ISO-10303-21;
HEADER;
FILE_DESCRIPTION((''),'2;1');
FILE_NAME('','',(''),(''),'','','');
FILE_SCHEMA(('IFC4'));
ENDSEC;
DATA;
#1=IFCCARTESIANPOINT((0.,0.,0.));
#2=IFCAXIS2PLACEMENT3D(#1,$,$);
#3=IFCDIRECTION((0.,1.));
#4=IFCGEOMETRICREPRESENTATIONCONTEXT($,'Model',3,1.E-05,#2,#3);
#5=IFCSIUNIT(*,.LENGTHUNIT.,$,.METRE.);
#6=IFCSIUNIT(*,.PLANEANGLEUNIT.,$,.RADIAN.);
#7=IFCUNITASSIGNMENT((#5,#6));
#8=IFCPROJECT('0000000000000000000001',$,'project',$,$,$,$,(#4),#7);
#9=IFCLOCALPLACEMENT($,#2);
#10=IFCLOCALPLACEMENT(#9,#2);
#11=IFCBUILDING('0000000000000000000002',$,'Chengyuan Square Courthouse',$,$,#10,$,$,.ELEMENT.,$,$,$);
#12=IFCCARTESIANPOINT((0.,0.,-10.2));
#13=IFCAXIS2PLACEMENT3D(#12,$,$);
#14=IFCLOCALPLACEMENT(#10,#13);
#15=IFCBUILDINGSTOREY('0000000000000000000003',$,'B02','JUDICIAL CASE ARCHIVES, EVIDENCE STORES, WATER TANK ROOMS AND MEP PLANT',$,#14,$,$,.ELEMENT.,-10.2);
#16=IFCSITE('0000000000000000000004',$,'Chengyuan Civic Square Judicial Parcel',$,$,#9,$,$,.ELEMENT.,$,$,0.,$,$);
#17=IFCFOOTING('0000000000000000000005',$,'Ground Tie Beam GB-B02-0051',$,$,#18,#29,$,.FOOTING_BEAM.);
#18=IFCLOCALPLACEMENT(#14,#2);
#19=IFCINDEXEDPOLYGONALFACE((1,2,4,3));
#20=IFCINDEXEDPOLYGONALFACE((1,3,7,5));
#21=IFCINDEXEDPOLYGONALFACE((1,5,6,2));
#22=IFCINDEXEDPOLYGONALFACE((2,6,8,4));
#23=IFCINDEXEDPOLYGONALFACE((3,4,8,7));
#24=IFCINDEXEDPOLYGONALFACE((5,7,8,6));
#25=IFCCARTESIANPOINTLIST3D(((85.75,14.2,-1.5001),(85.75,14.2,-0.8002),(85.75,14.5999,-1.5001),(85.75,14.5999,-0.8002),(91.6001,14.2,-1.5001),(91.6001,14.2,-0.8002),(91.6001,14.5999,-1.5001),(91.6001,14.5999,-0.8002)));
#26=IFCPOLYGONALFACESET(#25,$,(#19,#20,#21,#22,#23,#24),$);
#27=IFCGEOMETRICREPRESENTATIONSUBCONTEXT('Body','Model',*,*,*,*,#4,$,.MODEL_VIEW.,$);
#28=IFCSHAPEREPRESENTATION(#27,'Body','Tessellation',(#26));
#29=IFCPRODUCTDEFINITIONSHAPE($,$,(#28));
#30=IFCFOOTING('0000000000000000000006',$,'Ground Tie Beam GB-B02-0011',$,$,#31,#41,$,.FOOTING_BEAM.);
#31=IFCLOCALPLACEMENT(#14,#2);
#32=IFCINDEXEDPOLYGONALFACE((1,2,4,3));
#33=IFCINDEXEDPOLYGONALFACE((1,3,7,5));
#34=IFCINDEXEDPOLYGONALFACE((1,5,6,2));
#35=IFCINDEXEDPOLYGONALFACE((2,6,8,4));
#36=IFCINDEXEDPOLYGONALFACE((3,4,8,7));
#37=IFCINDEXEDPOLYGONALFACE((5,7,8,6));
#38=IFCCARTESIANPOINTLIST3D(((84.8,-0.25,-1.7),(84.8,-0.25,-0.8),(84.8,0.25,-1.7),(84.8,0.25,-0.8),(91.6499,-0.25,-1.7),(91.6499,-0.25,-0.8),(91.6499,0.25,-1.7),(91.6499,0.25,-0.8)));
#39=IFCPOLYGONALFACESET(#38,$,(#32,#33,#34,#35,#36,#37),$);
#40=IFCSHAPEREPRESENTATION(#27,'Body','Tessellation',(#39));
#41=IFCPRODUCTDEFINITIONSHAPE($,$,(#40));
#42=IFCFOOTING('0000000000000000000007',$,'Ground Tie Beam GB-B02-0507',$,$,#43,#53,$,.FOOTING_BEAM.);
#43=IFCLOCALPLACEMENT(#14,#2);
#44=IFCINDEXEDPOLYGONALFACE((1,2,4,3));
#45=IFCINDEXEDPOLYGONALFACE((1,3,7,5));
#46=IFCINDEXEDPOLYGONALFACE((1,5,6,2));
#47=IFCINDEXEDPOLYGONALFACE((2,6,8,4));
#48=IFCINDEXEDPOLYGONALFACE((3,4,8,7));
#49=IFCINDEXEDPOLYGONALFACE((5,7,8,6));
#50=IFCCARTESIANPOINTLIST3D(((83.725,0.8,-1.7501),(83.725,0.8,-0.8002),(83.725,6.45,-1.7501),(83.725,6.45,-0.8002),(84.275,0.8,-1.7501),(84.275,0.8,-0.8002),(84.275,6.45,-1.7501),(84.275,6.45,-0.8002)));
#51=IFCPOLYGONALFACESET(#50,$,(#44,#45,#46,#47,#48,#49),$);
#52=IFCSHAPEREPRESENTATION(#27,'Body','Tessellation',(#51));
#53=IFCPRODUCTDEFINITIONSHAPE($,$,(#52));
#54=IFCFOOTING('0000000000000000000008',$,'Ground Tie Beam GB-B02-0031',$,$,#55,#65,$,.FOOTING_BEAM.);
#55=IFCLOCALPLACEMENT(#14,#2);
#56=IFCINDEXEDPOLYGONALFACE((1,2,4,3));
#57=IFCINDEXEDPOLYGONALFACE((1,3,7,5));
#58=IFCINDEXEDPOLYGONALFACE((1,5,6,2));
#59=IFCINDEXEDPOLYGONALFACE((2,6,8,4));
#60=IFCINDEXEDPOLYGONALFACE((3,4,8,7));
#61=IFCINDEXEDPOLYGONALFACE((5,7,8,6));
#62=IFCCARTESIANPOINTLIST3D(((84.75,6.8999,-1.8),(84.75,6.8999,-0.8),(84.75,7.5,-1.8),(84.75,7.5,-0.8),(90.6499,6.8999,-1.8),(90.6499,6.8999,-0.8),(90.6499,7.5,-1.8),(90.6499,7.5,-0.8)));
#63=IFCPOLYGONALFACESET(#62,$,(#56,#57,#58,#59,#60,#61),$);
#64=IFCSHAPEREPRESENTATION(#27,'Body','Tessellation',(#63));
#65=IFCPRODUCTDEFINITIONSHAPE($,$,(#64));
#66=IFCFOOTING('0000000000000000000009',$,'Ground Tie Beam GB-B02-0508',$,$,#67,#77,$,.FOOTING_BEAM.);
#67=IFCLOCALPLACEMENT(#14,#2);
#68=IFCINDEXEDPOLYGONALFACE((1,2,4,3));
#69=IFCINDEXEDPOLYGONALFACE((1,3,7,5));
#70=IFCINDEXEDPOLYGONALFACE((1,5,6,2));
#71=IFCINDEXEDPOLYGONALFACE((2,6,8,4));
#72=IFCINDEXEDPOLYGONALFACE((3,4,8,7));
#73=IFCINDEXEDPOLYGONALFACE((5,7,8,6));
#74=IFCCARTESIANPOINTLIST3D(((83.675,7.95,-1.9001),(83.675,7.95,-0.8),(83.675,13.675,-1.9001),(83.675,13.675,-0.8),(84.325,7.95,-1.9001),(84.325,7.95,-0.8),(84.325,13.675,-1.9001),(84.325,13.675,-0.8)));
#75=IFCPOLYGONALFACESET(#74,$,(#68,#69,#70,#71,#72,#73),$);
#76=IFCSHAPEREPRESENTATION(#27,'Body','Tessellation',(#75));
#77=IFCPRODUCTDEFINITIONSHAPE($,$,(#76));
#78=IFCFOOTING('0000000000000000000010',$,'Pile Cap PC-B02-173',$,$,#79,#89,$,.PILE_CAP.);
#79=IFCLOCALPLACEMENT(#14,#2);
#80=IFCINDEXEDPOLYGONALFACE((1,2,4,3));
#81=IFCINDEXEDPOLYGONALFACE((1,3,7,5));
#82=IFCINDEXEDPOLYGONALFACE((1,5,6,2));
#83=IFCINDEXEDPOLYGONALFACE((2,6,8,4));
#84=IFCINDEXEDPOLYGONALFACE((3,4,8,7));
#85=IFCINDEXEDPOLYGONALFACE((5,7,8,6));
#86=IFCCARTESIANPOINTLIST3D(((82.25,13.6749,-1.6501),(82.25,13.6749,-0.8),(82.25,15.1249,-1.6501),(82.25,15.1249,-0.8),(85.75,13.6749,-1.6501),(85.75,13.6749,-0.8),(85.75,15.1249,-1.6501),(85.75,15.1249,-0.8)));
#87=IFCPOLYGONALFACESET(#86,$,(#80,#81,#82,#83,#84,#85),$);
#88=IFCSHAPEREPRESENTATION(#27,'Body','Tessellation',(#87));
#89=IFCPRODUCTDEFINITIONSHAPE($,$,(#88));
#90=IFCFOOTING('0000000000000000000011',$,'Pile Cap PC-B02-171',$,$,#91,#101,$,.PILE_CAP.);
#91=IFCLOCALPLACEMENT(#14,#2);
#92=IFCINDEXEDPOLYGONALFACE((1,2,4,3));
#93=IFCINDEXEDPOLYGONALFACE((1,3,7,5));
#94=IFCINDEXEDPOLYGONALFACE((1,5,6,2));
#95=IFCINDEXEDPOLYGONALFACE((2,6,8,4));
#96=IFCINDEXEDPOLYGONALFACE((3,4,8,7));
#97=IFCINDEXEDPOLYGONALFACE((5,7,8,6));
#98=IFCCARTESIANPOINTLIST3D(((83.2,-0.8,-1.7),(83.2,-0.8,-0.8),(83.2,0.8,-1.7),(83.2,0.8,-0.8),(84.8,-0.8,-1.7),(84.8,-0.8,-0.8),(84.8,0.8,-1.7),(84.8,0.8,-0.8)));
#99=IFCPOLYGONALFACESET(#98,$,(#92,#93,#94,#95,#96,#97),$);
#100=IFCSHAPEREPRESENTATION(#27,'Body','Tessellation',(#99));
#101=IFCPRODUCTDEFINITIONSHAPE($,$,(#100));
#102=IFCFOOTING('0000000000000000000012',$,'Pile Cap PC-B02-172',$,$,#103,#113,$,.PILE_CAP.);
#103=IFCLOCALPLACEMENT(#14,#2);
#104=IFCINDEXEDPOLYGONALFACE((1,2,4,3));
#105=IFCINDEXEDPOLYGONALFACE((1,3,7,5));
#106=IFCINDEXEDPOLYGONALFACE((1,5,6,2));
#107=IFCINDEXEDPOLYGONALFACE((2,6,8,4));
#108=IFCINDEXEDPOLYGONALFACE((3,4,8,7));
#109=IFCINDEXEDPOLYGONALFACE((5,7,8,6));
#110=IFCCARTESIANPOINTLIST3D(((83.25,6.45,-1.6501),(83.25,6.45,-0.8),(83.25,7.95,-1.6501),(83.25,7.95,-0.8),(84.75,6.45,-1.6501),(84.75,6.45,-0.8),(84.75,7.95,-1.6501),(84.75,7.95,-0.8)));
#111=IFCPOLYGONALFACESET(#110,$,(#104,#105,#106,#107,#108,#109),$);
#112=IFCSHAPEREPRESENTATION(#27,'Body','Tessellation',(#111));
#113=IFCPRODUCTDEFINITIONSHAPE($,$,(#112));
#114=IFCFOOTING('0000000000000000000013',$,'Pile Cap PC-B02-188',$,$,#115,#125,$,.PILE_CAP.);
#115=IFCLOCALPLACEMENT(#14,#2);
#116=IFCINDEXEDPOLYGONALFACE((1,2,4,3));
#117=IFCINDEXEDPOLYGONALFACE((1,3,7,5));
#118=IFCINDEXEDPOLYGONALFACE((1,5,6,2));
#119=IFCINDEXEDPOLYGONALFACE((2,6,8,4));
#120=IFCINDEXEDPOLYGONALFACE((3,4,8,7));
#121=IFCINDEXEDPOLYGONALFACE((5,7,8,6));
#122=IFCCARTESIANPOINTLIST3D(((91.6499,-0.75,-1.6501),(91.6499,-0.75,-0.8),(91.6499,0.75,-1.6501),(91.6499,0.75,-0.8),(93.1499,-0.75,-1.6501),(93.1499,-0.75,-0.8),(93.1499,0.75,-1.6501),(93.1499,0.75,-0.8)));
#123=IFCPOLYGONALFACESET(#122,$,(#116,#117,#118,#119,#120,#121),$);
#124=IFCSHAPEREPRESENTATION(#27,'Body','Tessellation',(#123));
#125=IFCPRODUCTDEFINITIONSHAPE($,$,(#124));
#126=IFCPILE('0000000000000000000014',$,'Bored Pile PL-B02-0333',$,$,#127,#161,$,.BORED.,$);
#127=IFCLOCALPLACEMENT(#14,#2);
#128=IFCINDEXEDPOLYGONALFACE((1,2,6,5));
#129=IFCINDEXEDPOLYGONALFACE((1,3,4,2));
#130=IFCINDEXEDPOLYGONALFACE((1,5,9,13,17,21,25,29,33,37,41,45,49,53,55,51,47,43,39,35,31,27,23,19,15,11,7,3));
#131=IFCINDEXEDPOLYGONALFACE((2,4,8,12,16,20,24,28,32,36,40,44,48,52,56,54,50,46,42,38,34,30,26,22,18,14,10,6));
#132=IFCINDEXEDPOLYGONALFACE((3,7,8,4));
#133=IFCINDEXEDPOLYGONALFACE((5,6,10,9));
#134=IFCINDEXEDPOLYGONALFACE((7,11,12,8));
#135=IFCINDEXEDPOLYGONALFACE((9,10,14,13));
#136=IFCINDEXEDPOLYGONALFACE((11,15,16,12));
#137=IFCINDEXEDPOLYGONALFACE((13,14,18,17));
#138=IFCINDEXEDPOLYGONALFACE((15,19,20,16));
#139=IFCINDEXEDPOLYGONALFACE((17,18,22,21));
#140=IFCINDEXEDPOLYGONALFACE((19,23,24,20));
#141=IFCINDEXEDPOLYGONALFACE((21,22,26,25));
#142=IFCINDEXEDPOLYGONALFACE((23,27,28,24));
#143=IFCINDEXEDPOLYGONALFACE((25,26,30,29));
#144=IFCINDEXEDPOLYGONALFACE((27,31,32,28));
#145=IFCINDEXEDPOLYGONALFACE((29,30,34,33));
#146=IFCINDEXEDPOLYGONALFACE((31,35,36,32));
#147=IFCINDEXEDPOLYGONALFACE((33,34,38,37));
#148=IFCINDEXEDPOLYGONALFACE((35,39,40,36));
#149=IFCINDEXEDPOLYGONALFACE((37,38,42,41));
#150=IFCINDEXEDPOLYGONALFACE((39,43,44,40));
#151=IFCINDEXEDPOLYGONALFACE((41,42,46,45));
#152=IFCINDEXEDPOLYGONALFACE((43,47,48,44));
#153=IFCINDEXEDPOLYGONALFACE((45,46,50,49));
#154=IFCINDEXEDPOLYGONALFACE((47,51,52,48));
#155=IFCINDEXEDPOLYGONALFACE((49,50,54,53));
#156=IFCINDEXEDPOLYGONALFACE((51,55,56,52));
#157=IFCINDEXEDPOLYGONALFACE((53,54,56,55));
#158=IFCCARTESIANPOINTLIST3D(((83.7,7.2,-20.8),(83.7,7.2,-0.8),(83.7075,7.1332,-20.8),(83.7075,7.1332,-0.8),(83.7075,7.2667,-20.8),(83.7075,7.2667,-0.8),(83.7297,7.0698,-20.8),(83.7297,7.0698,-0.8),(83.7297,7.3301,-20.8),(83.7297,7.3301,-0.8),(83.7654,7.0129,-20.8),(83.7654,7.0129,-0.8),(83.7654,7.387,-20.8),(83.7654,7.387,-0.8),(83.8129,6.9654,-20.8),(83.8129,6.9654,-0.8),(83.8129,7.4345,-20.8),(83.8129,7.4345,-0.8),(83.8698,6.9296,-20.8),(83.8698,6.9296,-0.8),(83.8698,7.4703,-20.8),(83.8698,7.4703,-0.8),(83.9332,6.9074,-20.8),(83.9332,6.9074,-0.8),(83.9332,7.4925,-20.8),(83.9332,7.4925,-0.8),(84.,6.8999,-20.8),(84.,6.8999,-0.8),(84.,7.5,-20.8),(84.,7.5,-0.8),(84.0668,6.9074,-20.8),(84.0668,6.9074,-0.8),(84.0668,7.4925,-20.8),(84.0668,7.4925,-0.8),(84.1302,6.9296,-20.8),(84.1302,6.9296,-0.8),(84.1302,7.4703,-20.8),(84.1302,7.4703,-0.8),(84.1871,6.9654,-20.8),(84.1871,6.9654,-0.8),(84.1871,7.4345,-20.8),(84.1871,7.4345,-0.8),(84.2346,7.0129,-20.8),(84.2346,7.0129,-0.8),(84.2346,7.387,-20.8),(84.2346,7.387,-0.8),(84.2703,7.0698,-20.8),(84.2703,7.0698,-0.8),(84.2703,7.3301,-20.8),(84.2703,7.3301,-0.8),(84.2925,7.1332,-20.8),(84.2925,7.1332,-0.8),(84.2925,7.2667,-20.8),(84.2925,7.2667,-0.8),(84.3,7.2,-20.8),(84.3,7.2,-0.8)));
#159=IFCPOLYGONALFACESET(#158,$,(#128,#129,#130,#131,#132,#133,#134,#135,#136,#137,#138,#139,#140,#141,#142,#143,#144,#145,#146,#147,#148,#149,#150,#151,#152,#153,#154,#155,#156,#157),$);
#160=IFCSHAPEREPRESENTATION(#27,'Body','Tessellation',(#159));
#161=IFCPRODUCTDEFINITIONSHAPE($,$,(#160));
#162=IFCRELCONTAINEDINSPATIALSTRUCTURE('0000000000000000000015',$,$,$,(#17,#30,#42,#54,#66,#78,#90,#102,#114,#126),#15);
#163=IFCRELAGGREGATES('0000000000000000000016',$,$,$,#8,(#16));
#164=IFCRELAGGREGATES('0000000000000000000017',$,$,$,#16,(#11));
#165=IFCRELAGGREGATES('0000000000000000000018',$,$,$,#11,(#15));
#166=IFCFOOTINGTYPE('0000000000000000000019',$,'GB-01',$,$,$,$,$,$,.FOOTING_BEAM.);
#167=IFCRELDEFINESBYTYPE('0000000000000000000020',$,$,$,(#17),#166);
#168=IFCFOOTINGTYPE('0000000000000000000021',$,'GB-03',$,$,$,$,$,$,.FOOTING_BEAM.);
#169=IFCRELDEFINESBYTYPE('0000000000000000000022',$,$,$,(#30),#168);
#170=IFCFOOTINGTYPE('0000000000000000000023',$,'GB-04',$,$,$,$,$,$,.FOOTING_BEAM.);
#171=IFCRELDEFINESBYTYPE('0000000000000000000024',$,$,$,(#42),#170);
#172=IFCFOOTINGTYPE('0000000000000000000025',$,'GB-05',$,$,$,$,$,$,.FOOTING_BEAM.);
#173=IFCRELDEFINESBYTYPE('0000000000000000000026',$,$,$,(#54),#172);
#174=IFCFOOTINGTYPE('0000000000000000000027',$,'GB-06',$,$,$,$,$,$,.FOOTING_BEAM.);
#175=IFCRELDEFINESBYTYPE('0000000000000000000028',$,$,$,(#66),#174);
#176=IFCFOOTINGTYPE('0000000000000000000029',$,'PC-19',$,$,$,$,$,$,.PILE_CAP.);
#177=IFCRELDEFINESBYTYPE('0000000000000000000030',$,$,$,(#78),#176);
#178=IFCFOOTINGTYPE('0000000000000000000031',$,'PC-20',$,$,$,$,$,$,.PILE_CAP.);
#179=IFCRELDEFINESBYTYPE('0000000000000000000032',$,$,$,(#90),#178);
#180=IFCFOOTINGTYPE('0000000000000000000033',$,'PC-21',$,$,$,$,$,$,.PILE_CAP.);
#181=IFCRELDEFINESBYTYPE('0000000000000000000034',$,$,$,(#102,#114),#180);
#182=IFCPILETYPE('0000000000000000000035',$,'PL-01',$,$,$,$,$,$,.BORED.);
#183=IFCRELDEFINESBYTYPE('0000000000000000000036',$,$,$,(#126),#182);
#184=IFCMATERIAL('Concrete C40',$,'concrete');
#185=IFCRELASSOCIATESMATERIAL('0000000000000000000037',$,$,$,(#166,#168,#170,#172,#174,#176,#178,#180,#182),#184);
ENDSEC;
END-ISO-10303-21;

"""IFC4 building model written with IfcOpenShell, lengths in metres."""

from ifc_helpers import new_model, si_unit, direction, frame, origin, origin_2d, place, context, subcontext, project, spatial, rectangle, circle, extrude, material, material_profile, profile_set, type_object, element, save


model = new_model("IFC4")

# Units and contexts
model_context = context("Model", 3, precision=1e-05, world=origin(), true_north=direction((0.0, 1.0)))
body_context = subcontext(model_context, "Body", "Model", "MODEL_VIEW")
ifc_project = project(units=[si_unit("LENGTHUNIT", "METRE"), si_unit("PLANEANGLEUNIT", "RADIAN")], contexts=[model_context])

# Site, building, storey
site_placement = place(None, origin())
site = spatial("IfcSite", under=ifc_project, at=site_placement, Name="Chengyuan Civic Square Judicial Parcel", CompositionType="ELEMENT", RefElevation=0.0)
building_placement = place(site_placement, origin())
building = spatial("IfcBuilding", under=site, at=building_placement, Name="Chengyuan Square Courthouse", CompositionType="ELEMENT")
storey_placement = place(building_placement, frame((0.0, 0.0, -10.2)))
storey = spatial("IfcBuildingStorey", under=building, at=storey_placement, Name="B02", Description="JUDICIAL CASE ARCHIVES, EVIDENCE STORES, WATER TANK ROOMS AND MEP PLANT", CompositionType="ELEMENT", Elevation=-10.2)

# Footings
ifc_material_1 = material(Name="Concrete C40", Category="concrete")
ifc_material_profile_1 = material_profile(ifc_material_1, rectangle(XDim=0.3999, YDim=0.7, at=origin_2d()), Name="GB-400x700")
ifc_profile_set_1 = profile_set([ifc_material_profile_1], Name="Concrete C40")
footing_type_1 = type_object("IfcFootingType", Name="GB-01", PredefinedType="FOOTING_BEAM", material=ifc_profile_set_1)
footing_1_placement = place(storey_placement, frame((85.75, 14.3999, -1.1501), z_axis=(1.0, 0.0, 0.0), x_axis=(0.0, 1.0, 0.0)))
element("IfcFooting", 1, at=footing_1_placement, inside=storey, type_object=footing_type_1, Name="Ground Tie Beam GB-B02-0051", PredefinedType="FOOTING_BEAM", context=body_context, shape_type="SweptSolid", body=[
    extrude(rectangle(XDim=0.3999, YDim=0.7, at=origin_2d()), origin(), (0.0, 0.0, 1.0), 5.8501),
])
ifc_material_profile_2 = material_profile(ifc_material_1, rectangle(XDim=0.5, YDim=0.8999, at=origin_2d()), Name="GB-500x900")
ifc_profile_set_2 = profile_set([ifc_material_profile_2], Name="Concrete C40")
footing_type_2 = type_object("IfcFootingType", Name="GB-03", PredefinedType="FOOTING_BEAM", material=ifc_profile_set_2)
footing_2_placement = place(storey_placement, frame((84.8, 0.0, -1.25), z_axis=(1.0, 0.0, 0.0), x_axis=(0.0, 1.0, 0.0)))
element("IfcFooting", 2, at=footing_2_placement, inside=storey, type_object=footing_type_2, Name="Ground Tie Beam GB-B02-0011", PredefinedType="FOOTING_BEAM", context=body_context, shape_type="SweptSolid", body=[
    extrude(rectangle(XDim=0.5, YDim=0.8999, at=origin_2d()), origin(), (0.0, 0.0, 1.0), 6.8499),
])
ifc_material_profile_3 = material_profile(ifc_material_1, rectangle(XDim=0.55, YDim=0.95, at=origin_2d()), Name="GB-550x950")
ifc_profile_set_3 = profile_set([ifc_material_profile_3], Name="Concrete C40")
footing_type_3 = type_object("IfcFootingType", Name="GB-04", PredefinedType="FOOTING_BEAM", material=ifc_profile_set_3)
footing_3_placement = place(storey_placement, frame((84.0, 0.8, -1.2751), z_axis=(0.0, 1.0, 0.0), x_axis=(-1.0, 0.0, 0.0)))
element("IfcFooting", 3, at=footing_3_placement, inside=storey, type_object=footing_type_3, Name="Ground Tie Beam GB-B02-0507", PredefinedType="FOOTING_BEAM", context=body_context, shape_type="SweptSolid", body=[
    extrude(rectangle(XDim=0.55, YDim=0.95, at=origin_2d()), origin(), (0.0, 0.0, 1.0), 5.6499),
])
ifc_material_profile_4 = material_profile(ifc_material_1, rectangle(XDim=0.6001, YDim=1.0, at=origin_2d()), Name="GB-600x1000")
ifc_profile_set_4 = profile_set([ifc_material_profile_4], Name="Concrete C40")
footing_type_4 = type_object("IfcFootingType", Name="GB-05", PredefinedType="FOOTING_BEAM", material=ifc_profile_set_4)
footing_4_placement = place(storey_placement, frame((84.75, 7.2, -1.3), z_axis=(1.0, 0.0, 0.0), x_axis=(0.0, 1.0, 0.0)))
element("IfcFooting", 4, at=footing_4_placement, inside=storey, type_object=footing_type_4, Name="Ground Tie Beam GB-B02-0031", PredefinedType="FOOTING_BEAM", context=body_context, shape_type="SweptSolid", body=[
    extrude(rectangle(XDim=0.6001, YDim=1.0, at=origin_2d()), origin(), (0.0, 0.0, 1.0), 5.8999),
])
ifc_material_profile_5 = material_profile(ifc_material_1, rectangle(XDim=0.6499, YDim=1.1001, at=origin_2d()), Name="GB-650x1100")
ifc_profile_set_5 = profile_set([ifc_material_profile_5], Name="Concrete C40")
footing_type_5 = type_object("IfcFootingType", Name="GB-06", PredefinedType="FOOTING_BEAM", material=ifc_profile_set_5)
footing_5_placement = place(storey_placement, frame((84.0, 7.95, -1.3501), z_axis=(0.0, 1.0, 0.0), x_axis=(-1.0, 0.0, 0.0)))
element("IfcFooting", 5, at=footing_5_placement, inside=storey, type_object=footing_type_5, Name="Ground Tie Beam GB-B02-0508", PredefinedType="FOOTING_BEAM", context=body_context, shape_type="SweptSolid", body=[
    extrude(rectangle(XDim=0.6499, YDim=1.1001, at=origin_2d()), origin(), (0.0, 0.0, 1.0), 5.7251),
])
footing_type_6 = type_object("IfcFootingType", Name="PC-19", PredefinedType="PILE_CAP", material=ifc_material_1)
footing_6_placement = place(storey_placement, frame((84.0, 14.3999, -1.6501), z_axis=(0.0, 0.0, 1.0), x_axis=(1.0, 0.0, 0.0)))
element("IfcFooting", 6, at=footing_6_placement, inside=storey, type_object=footing_type_6, Name="Pile Cap PC-B02-173", PredefinedType="PILE_CAP", context=body_context, shape_type="SweptSolid", body=[
    extrude(rectangle(XDim=3.5, YDim=1.45, at=origin_2d()), origin(), (0.0, 0.0, 1.0), 0.8501),
])
footing_type_7 = type_object("IfcFootingType", Name="PC-20", PredefinedType="PILE_CAP", material=ifc_material_1)
footing_7_placement = place(storey_placement, frame((84.0, 0.0, -1.7), z_axis=(0.0, 0.0, 1.0), x_axis=(1.0, 0.0, 0.0)))
element("IfcFooting", 7, at=footing_7_placement, inside=storey, type_object=footing_type_7, Name="Pile Cap PC-B02-171", PredefinedType="PILE_CAP", context=body_context, shape_type="SweptSolid", body=[
    extrude(rectangle(XDim=1.6001, YDim=1.6001, at=origin_2d()), origin(), (0.0, 0.0, 1.0), 0.8999),
])
footing_type_8 = type_object("IfcFootingType", Name="PC-21", PredefinedType="PILE_CAP", material=ifc_material_1)
for number, where, z_axis, x_axis, name in (
    (8, (84.0, 7.2, -1.6501), (0.0, 0.0, 1.0), (1.0, 0.0, 0.0), "Pile Cap PC-B02-172"),
    (9, (92.3999, 0.0, -1.6501), (0.0, 0.0, 1.0), (1.0, 0.0, 0.0), "Pile Cap PC-B02-188"),
):
    element("IfcFooting", number, at=place(storey_placement, frame(where, z_axis=z_axis, x_axis=x_axis)), inside=storey, type_object=footing_type_8, Name=name, PredefinedType="PILE_CAP", context=body_context, shape_type="SweptSolid", body=[
        extrude(rectangle(XDim=1.5, YDim=1.5, at=origin_2d()), origin(), (0.0, 0.0, 1.0), 0.8501),
    ])

# Pile
ifc_material_profile_6 = material_profile(ifc_material_1, circle(Radius=0.3, at=origin_2d()), Name="BORED PILE D600")
ifc_profile_set_6 = profile_set([ifc_material_profile_6], Name="Concrete C40")
pile_type_1 = type_object("IfcPileType", Name="PL-01", PredefinedType="BORED", material=ifc_profile_set_6)
for number, where, z_axis, x_axis, name in (
    (10, (84.0, 7.2, -0.8), (0.0, 0.0, -1.0), (1.0, 0.0, 0.0), "Bored Pile PL-B02-0333"),
):
    element("IfcPile", number, at=place(storey_placement, frame(where, z_axis=z_axis, x_axis=x_axis)), inside=storey, type_object=pile_type_1, Name=name, PredefinedType="BORED", context=body_context, shape_type="SweptSolid", body=[
        extrude(circle(Radius=0.3, at=origin_2d()), origin(), (0.0, 0.0, 1.0), 20.0),
    ])

save(model, "model.ifc")
